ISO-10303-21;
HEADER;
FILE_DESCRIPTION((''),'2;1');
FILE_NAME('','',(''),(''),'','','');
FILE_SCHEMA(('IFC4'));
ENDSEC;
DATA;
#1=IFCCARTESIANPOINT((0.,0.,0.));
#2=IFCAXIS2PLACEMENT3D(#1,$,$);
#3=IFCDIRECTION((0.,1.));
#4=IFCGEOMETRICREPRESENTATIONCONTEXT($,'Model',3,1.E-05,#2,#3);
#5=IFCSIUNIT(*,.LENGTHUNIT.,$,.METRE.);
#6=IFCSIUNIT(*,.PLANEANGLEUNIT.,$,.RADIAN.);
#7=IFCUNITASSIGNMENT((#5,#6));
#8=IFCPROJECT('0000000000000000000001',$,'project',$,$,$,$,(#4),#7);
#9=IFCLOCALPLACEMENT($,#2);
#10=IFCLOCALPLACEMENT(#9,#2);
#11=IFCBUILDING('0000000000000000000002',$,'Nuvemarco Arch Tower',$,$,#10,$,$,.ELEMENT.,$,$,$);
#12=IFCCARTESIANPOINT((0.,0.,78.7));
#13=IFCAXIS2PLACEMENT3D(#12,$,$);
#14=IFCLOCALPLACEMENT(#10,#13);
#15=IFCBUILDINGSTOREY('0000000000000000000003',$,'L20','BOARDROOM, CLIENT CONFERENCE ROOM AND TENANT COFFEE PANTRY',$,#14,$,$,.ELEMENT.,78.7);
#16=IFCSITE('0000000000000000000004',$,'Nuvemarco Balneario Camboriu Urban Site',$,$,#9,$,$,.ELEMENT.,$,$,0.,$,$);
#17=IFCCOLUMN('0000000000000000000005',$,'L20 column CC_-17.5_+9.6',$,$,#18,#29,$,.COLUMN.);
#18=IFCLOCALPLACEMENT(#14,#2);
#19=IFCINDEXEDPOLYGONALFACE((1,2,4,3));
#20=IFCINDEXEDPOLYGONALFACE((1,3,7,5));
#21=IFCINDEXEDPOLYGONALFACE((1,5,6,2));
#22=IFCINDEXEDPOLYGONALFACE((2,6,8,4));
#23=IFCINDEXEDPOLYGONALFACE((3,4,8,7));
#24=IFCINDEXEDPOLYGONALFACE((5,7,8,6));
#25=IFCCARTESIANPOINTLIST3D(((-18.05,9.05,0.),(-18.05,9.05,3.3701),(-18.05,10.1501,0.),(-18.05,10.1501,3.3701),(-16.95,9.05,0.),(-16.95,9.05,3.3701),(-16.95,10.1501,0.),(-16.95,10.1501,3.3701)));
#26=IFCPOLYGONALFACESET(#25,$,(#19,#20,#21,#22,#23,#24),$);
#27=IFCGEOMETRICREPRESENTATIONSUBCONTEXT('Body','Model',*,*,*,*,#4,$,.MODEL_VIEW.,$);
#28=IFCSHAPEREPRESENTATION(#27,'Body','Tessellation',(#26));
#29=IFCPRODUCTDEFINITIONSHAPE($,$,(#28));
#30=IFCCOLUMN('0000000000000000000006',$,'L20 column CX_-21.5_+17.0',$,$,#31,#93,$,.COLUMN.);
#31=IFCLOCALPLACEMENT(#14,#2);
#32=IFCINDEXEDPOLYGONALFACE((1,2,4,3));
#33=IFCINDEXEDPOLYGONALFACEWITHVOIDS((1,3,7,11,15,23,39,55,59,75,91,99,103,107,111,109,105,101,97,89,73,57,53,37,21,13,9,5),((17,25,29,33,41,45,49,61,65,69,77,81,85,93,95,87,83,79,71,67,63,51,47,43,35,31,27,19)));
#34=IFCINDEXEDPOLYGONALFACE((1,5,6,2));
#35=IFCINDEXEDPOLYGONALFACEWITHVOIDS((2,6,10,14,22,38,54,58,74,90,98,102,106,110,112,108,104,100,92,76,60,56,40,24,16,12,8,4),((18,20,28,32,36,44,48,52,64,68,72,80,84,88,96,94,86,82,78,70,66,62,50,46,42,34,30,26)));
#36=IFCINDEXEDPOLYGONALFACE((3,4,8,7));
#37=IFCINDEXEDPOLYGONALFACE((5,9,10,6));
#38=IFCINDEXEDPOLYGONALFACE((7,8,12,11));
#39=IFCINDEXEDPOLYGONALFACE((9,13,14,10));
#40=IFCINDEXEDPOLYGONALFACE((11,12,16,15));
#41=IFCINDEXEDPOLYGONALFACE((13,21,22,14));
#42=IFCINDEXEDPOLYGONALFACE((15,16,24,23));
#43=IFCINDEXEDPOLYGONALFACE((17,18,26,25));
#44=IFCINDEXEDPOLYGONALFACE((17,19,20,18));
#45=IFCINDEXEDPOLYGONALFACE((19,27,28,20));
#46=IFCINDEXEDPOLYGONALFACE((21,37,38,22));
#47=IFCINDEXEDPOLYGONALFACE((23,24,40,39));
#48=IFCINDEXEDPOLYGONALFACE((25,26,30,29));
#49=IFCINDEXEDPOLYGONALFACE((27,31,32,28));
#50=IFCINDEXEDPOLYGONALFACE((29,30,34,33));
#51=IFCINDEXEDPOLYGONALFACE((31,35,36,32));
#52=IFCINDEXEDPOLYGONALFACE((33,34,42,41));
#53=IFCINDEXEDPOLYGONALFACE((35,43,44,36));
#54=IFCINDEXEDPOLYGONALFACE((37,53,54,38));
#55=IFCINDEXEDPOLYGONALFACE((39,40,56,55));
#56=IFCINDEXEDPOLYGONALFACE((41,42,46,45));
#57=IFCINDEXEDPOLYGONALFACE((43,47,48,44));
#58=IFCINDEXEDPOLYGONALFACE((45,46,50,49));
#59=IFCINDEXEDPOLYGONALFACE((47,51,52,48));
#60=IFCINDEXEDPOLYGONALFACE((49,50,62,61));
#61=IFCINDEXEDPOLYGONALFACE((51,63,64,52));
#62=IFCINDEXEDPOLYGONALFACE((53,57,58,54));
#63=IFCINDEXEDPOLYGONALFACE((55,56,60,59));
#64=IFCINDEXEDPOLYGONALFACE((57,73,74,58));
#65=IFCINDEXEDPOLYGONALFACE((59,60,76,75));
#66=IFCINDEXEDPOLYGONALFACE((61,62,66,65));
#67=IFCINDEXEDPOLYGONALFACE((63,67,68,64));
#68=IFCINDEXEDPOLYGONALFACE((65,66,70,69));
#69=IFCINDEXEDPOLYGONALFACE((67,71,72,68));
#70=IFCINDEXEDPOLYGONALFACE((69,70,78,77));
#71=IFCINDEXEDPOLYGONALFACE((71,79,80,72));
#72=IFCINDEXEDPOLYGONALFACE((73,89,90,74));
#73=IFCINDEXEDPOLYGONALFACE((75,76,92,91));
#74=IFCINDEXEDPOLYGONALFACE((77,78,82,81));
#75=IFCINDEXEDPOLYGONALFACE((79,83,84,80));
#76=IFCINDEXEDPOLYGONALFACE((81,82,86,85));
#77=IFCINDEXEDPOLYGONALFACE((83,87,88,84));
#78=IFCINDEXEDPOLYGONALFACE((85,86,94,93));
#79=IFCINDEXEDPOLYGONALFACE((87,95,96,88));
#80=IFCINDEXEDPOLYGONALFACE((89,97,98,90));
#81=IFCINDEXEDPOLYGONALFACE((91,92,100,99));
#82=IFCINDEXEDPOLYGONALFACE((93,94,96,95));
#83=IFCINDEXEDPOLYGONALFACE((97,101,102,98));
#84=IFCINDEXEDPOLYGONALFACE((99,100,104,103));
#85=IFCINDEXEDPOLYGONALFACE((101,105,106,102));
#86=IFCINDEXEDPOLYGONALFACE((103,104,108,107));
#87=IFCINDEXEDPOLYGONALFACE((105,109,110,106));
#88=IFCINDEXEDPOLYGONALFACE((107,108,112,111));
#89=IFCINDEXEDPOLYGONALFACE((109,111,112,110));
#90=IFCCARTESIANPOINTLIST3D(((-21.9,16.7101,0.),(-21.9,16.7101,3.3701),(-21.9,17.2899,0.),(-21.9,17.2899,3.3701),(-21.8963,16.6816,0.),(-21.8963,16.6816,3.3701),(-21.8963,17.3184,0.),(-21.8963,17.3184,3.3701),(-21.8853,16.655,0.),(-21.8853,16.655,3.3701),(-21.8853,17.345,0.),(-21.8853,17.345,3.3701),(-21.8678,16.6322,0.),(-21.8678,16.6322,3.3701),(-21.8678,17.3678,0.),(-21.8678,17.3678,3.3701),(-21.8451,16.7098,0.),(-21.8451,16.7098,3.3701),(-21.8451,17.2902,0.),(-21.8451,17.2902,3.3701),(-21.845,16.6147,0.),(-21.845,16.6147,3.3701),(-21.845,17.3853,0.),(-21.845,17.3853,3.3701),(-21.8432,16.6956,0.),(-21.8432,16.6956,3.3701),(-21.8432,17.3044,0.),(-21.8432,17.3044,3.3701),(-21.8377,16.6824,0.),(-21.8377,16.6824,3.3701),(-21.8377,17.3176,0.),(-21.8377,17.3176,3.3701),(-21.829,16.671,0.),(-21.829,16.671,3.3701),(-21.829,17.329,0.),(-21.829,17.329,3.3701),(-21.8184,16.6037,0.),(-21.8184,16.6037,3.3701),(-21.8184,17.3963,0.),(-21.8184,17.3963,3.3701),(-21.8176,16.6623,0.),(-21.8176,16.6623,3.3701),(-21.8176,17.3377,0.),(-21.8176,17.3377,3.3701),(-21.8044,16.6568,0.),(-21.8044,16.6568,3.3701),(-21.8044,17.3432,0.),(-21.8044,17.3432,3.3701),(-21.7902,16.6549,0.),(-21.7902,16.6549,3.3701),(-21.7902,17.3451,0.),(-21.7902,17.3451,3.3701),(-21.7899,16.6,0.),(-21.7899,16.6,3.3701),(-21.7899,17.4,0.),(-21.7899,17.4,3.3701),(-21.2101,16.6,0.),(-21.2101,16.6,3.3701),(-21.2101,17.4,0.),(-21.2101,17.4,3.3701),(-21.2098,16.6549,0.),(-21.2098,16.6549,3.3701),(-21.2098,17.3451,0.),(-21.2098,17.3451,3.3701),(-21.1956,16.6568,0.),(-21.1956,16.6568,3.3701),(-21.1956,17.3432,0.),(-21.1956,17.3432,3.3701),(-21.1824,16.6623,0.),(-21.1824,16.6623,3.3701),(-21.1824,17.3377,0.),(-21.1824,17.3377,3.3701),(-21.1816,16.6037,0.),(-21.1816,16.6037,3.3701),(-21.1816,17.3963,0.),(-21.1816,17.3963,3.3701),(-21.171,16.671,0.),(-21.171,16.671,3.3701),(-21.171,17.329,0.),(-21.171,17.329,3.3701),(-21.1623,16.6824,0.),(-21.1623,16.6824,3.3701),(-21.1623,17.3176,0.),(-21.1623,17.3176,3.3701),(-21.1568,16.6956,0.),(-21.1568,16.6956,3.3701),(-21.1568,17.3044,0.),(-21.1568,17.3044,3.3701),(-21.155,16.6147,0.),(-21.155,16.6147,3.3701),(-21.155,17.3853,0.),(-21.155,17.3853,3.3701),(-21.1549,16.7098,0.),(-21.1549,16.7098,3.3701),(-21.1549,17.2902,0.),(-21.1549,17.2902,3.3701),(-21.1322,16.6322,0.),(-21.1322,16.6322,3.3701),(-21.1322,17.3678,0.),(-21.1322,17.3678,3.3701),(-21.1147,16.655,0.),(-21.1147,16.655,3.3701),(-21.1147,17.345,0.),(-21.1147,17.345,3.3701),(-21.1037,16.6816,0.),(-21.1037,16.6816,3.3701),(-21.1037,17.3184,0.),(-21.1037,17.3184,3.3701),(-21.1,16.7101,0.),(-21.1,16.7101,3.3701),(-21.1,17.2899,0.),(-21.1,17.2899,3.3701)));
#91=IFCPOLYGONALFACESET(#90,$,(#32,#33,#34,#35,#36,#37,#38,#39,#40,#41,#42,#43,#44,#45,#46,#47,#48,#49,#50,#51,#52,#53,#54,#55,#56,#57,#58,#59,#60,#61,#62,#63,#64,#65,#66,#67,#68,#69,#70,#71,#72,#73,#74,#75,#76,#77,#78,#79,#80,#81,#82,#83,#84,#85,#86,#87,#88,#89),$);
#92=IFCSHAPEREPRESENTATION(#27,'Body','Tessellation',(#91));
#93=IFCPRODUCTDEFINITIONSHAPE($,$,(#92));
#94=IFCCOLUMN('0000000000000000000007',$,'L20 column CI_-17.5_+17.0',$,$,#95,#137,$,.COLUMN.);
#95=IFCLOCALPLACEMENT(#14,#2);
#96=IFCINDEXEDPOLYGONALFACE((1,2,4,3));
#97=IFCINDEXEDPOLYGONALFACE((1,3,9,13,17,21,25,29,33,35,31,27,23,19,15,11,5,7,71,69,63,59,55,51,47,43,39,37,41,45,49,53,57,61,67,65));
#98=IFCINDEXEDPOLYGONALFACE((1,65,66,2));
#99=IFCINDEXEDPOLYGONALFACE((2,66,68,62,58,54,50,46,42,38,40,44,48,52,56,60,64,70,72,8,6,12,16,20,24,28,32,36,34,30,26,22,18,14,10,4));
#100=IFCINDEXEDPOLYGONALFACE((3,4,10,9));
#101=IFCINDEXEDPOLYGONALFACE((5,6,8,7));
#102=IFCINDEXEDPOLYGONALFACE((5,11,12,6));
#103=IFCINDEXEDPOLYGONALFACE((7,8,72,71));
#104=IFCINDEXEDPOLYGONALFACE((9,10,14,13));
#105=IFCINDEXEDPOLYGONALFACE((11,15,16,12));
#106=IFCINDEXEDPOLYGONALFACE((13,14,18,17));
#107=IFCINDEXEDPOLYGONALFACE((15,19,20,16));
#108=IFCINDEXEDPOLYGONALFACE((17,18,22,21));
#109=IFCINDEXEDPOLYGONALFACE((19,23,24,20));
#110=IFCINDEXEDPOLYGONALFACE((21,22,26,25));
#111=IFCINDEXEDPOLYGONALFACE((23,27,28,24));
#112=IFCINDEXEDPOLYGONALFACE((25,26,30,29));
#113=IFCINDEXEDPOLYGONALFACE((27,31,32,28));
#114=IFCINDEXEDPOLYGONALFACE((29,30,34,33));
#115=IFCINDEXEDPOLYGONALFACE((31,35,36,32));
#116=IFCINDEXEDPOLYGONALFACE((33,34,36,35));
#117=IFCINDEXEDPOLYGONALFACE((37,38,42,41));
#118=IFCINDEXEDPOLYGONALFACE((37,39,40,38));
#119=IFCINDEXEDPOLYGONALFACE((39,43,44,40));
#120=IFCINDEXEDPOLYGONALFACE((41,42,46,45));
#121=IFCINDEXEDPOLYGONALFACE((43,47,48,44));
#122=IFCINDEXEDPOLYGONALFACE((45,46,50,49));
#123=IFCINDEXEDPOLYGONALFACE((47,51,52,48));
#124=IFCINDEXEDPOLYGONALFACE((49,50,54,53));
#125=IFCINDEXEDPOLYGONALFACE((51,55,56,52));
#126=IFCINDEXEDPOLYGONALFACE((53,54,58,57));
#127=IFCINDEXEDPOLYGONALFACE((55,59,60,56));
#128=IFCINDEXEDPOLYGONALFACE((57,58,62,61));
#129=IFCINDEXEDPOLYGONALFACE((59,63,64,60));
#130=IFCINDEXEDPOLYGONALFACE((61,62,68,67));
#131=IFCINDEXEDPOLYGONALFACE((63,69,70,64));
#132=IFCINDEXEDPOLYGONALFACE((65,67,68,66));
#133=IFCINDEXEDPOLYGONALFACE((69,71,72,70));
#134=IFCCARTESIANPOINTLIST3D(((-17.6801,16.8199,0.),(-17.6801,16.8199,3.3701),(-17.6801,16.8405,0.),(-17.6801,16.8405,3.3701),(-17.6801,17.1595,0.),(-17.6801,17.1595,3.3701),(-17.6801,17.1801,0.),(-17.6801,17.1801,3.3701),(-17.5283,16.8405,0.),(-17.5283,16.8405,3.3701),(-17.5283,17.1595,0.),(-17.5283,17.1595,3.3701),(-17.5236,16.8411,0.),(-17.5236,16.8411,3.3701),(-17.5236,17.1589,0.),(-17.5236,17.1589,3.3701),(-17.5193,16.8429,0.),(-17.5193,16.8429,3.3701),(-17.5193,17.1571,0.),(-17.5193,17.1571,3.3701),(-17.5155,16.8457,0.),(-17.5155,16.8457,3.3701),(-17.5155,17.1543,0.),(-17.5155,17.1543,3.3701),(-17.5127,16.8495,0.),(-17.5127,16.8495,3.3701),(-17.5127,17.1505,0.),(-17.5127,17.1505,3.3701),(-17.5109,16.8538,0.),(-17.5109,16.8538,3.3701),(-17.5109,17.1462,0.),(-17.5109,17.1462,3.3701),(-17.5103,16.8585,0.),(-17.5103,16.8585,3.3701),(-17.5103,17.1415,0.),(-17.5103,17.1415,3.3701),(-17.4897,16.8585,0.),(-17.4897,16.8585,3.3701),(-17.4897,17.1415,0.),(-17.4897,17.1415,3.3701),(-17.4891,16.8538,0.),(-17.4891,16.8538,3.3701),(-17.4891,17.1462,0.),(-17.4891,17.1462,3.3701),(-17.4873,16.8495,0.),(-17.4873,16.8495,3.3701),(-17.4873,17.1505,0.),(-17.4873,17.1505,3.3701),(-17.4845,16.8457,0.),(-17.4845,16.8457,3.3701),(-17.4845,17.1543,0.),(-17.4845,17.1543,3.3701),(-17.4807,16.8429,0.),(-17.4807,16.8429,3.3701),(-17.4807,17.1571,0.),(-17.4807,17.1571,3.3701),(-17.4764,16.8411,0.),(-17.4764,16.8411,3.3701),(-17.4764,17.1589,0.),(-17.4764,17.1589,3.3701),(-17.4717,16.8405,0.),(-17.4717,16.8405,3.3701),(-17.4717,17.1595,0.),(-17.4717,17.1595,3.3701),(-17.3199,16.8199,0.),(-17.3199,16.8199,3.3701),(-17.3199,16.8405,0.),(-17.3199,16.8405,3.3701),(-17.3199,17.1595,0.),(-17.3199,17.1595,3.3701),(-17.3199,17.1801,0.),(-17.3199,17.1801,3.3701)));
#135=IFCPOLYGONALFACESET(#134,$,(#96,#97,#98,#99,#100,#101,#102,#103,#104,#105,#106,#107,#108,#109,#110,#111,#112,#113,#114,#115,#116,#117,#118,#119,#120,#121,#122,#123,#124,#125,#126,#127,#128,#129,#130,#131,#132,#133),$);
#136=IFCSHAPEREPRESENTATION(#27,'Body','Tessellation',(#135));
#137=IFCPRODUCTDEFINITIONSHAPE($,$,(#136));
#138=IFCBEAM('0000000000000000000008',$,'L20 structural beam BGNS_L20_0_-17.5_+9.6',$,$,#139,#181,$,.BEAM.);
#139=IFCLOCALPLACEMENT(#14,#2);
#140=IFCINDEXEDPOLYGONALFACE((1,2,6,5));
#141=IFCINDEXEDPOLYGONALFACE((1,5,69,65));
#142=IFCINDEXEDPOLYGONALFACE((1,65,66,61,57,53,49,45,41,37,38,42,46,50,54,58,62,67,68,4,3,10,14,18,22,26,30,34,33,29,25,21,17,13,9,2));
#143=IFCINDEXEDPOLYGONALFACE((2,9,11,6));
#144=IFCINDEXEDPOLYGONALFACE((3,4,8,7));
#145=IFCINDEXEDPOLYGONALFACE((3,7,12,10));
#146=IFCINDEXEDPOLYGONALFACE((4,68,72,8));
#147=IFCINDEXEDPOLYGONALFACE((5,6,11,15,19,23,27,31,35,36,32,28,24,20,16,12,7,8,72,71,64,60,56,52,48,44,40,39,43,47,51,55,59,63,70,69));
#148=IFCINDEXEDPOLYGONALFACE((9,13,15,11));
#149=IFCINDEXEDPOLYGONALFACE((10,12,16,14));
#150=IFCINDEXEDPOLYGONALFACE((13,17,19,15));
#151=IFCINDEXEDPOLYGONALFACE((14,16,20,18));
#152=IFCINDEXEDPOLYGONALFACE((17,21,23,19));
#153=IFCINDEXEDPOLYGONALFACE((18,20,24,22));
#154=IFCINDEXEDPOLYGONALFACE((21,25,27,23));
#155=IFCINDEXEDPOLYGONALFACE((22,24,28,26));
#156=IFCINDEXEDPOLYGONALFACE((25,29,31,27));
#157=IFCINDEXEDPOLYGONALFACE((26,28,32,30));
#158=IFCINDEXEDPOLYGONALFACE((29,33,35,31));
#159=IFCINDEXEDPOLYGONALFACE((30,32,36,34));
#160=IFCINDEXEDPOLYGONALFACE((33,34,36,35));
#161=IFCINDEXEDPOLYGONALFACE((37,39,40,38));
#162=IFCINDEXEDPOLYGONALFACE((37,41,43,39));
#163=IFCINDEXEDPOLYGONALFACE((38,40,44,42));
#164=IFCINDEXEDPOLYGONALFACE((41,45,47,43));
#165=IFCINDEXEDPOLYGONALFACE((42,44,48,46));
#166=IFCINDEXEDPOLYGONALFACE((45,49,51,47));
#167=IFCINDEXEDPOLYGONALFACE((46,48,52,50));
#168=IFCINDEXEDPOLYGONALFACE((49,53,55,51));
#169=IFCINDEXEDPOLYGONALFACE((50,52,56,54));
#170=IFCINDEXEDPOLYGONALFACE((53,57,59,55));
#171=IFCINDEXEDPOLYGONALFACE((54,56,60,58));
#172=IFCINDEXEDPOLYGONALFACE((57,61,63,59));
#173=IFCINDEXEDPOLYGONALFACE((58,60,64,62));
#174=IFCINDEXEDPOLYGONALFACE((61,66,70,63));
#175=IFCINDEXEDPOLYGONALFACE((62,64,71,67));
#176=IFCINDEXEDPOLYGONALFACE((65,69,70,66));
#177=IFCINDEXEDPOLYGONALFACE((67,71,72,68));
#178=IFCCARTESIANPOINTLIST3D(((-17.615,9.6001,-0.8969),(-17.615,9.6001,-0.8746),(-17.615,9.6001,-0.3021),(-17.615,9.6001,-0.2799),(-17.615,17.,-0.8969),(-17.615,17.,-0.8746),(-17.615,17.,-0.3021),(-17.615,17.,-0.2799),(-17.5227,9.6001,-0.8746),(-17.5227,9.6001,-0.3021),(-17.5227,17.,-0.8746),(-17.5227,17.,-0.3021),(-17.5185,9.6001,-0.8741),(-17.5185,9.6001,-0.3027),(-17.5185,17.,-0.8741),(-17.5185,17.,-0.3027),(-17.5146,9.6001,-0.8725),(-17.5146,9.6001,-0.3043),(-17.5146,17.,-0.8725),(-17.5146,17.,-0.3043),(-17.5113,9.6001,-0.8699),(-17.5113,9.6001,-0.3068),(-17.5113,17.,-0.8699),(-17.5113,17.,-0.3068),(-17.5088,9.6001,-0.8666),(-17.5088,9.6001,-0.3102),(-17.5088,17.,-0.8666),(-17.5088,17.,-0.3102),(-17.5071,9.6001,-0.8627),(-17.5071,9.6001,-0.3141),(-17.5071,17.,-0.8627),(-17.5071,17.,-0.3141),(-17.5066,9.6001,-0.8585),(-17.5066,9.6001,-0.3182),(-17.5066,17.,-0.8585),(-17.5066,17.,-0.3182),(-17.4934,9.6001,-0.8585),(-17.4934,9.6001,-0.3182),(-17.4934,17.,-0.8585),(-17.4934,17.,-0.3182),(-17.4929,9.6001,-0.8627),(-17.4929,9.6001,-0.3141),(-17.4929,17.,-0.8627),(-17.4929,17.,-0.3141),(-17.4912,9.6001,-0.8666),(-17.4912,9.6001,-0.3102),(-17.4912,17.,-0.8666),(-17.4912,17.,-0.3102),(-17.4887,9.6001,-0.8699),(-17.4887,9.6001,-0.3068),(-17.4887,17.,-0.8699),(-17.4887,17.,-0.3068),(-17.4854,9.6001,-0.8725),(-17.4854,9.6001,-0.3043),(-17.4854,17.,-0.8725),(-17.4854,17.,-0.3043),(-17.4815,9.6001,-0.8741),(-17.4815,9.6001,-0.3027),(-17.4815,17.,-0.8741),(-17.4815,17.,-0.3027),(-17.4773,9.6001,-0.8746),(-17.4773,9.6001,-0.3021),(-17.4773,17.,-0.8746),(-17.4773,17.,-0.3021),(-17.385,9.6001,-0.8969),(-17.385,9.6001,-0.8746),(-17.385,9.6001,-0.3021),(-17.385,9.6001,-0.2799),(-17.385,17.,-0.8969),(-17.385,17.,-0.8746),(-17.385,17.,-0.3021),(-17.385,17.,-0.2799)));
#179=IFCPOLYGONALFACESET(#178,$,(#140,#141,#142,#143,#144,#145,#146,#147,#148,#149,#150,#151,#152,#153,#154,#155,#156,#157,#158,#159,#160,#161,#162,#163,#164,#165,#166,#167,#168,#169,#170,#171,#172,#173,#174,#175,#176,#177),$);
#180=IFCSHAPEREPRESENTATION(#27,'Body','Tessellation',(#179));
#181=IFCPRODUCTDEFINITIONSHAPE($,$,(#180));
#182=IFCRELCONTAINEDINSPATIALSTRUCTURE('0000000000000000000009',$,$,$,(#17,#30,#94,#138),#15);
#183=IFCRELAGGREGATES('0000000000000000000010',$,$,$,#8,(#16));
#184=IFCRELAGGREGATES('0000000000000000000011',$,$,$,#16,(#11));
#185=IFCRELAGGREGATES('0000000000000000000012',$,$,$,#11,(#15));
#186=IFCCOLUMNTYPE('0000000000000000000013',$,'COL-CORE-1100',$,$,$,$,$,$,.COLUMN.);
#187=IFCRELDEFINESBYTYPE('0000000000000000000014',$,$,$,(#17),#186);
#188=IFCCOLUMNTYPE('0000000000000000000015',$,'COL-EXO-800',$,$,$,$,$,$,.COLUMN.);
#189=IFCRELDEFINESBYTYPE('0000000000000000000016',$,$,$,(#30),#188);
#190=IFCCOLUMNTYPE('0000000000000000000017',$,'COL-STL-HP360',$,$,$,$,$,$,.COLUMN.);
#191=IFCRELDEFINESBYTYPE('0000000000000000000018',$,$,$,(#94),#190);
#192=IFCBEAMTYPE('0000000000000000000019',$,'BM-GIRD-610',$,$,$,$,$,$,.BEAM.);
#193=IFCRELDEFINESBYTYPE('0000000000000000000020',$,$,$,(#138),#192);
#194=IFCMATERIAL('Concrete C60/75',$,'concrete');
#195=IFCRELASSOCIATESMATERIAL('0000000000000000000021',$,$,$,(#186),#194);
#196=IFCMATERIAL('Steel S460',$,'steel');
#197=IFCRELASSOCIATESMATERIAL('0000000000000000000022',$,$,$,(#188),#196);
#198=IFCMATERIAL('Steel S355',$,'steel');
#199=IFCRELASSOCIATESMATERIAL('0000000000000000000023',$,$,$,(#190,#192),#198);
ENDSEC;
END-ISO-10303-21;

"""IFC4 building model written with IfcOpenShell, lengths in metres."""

from ifc_helpers import new_model, si_unit, direction, frame, origin, origin_2d, place, context, subcontext, project, spatial, rectangle, hollow_rectangle, i_section, extrude, material, material_profile, profile_set, type_object, element, save


model = new_model("IFC4")

# Units and contexts
model_context = context("Model", 3, precision=1e-05, world=origin(), true_north=direction((0.0, 1.0)))
body_context = subcontext(model_context, "Body", "Model", "MODEL_VIEW")
ifc_project = project(units=[si_unit("LENGTHUNIT", "METRE"), si_unit("PLANEANGLEUNIT", "RADIAN")], contexts=[model_context])

# Site, building, storey
site_placement = place(None, origin())
site = spatial("IfcSite", under=ifc_project, at=site_placement, Name="Nuvemarco Balneario Camboriu Urban Site", CompositionType="ELEMENT", RefElevation=0.0)
building_placement = place(site_placement, origin())
building = spatial("IfcBuilding", under=site, at=building_placement, Name="Nuvemarco Arch Tower", CompositionType="ELEMENT")
storey_placement = place(building_placement, frame((0.0, 0.0, 78.7)))
storey = spatial("IfcBuildingStorey", under=building, at=storey_placement, Name="L20", Description="BOARDROOM, CLIENT CONFERENCE ROOM AND TENANT COFFEE PANTRY", CompositionType="ELEMENT", Elevation=78.7)

# Columns
ifc_material_1 = material(Name="Concrete C60/75", Category="concrete")
ifc_material_profile_1 = material_profile(ifc_material_1, rectangle(XDim=1.1001, YDim=1.1001, at=origin_2d()), Name="RC-COL-1100x1100")
ifc_profile_set_1 = profile_set([ifc_material_profile_1], Name="Concrete C60/75")
column_type_1 = type_object("IfcColumnType", Name="COL-CORE-1100", PredefinedType="COLUMN", material=ifc_profile_set_1)
column_1_placement = place(storey_placement, frame((-17.5, 9.6001, 0.0), z_axis=(0.0, 0.0, 1.0), x_axis=(1.0, 0.0, 0.0)))
element("IfcColumn", 1, at=column_1_placement, inside=storey, type_object=column_type_1, Name="L20 column CC_-17.5_+9.6", PredefinedType="COLUMN", context=body_context, shape_type="SweptSolid", body=[
    extrude(rectangle(XDim=1.1001, YDim=1.1001, at=origin_2d()), origin(), (0.0, 0.0, 1.0), 3.3701),
])
ifc_material_2 = material(Name="Steel S460", Category="steel")
ifc_material_profile_2 = material_profile(ifc_material_2, hollow_rectangle(XDim=0.8, YDim=0.8, WallThickness=0.0549, InnerFilletRadius=0.0549, OuterFilletRadius=0.1101, at=origin_2d()), Name="SHS800x800x55")
ifc_profile_set_2 = profile_set([ifc_material_profile_2], Name="Steel S460")
column_type_2 = type_object("IfcColumnType", Name="COL-EXO-800", PredefinedType="COLUMN", material=ifc_profile_set_2)
column_2_placement = place(storey_placement, frame((-21.5, 17.0, 0.0), z_axis=(0.0, 0.0, 1.0), x_axis=(1.0, 0.0, 0.0)))
element("IfcColumn", 2, at=column_2_placement, inside=storey, type_object=column_type_2, Name="L20 column CX_-21.5_+17.0", PredefinedType="COLUMN", context=body_context, shape_type="SweptSolid", body=[
    extrude(hollow_rectangle(XDim=0.8, YDim=0.8, WallThickness=0.0549, InnerFilletRadius=0.0549, OuterFilletRadius=0.1101, at=origin_2d()), origin(), (0.0, 0.0, 1.0), 3.3701),
])
ifc_material_3 = material(Name="Steel S355", Category="steel")
ifc_material_profile_3 = material_profile(ifc_material_3, i_section(OverallWidth=0.3601, OverallDepth=0.3601, WebThickness=0.0205, FlangeThickness=0.0205, FilletRadius=0.0181, at=origin_2d()), Name="HP360x174")
ifc_profile_set_3 = profile_set([ifc_material_profile_3], Name="Steel S355")
column_type_3 = type_object("IfcColumnType", Name="COL-STL-HP360", PredefinedType="COLUMN", material=ifc_profile_set_3)
column_3_placement = place(storey_placement, frame((-17.5, 17.0, 0.0), z_axis=(0.0, 0.0, 1.0), x_axis=(1.0, 0.0, 0.0)))
element("IfcColumn", 3, at=column_3_placement, inside=storey, type_object=column_type_3, Name="L20 column CI_-17.5_+17.0", PredefinedType="COLUMN", context=body_context, shape_type="SweptSolid", body=[
    extrude(i_section(OverallWidth=0.3601, OverallDepth=0.3601, WebThickness=0.0205, FlangeThickness=0.0205, FilletRadius=0.0181, at=origin_2d()), origin(), (0.0, 0.0, 1.0), 3.3701),
])

# Beam
ifc_material_profile_4 = material_profile(ifc_material_3, i_section(OverallWidth=0.23, OverallDepth=0.6169, WebThickness=0.0132, FlangeThickness=0.0222, FilletRadius=0.0161, at=origin_2d()), Name="W610x140")
ifc_profile_set_4 = profile_set([ifc_material_profile_4], Name="Steel S355")
beam_type_1 = type_object("IfcBeamType", Name="BM-GIRD-610", PredefinedType="BEAM", material=ifc_profile_set_4)
beam_1_placement = place(storey_placement, frame((-17.5, 9.6001, -0.5884), z_axis=(0.0, 1.0, 0.0), x_axis=(-1.0, 0.0, 0.0)))
element("IfcBeam", 4, at=beam_1_placement, inside=storey, type_object=beam_type_1, Name="L20 structural beam BGNS_L20_0_-17.5_+9.6", PredefinedType="BEAM", context=body_context, shape_type="SweptSolid", body=[
    extrude(i_section(OverallWidth=0.23, OverallDepth=0.6169, WebThickness=0.0132, FlangeThickness=0.0222, FilletRadius=0.0161, at=origin_2d()), origin(), (0.0, 0.0, 1.0), 7.3999),
])

save(model, "model.ifc")
